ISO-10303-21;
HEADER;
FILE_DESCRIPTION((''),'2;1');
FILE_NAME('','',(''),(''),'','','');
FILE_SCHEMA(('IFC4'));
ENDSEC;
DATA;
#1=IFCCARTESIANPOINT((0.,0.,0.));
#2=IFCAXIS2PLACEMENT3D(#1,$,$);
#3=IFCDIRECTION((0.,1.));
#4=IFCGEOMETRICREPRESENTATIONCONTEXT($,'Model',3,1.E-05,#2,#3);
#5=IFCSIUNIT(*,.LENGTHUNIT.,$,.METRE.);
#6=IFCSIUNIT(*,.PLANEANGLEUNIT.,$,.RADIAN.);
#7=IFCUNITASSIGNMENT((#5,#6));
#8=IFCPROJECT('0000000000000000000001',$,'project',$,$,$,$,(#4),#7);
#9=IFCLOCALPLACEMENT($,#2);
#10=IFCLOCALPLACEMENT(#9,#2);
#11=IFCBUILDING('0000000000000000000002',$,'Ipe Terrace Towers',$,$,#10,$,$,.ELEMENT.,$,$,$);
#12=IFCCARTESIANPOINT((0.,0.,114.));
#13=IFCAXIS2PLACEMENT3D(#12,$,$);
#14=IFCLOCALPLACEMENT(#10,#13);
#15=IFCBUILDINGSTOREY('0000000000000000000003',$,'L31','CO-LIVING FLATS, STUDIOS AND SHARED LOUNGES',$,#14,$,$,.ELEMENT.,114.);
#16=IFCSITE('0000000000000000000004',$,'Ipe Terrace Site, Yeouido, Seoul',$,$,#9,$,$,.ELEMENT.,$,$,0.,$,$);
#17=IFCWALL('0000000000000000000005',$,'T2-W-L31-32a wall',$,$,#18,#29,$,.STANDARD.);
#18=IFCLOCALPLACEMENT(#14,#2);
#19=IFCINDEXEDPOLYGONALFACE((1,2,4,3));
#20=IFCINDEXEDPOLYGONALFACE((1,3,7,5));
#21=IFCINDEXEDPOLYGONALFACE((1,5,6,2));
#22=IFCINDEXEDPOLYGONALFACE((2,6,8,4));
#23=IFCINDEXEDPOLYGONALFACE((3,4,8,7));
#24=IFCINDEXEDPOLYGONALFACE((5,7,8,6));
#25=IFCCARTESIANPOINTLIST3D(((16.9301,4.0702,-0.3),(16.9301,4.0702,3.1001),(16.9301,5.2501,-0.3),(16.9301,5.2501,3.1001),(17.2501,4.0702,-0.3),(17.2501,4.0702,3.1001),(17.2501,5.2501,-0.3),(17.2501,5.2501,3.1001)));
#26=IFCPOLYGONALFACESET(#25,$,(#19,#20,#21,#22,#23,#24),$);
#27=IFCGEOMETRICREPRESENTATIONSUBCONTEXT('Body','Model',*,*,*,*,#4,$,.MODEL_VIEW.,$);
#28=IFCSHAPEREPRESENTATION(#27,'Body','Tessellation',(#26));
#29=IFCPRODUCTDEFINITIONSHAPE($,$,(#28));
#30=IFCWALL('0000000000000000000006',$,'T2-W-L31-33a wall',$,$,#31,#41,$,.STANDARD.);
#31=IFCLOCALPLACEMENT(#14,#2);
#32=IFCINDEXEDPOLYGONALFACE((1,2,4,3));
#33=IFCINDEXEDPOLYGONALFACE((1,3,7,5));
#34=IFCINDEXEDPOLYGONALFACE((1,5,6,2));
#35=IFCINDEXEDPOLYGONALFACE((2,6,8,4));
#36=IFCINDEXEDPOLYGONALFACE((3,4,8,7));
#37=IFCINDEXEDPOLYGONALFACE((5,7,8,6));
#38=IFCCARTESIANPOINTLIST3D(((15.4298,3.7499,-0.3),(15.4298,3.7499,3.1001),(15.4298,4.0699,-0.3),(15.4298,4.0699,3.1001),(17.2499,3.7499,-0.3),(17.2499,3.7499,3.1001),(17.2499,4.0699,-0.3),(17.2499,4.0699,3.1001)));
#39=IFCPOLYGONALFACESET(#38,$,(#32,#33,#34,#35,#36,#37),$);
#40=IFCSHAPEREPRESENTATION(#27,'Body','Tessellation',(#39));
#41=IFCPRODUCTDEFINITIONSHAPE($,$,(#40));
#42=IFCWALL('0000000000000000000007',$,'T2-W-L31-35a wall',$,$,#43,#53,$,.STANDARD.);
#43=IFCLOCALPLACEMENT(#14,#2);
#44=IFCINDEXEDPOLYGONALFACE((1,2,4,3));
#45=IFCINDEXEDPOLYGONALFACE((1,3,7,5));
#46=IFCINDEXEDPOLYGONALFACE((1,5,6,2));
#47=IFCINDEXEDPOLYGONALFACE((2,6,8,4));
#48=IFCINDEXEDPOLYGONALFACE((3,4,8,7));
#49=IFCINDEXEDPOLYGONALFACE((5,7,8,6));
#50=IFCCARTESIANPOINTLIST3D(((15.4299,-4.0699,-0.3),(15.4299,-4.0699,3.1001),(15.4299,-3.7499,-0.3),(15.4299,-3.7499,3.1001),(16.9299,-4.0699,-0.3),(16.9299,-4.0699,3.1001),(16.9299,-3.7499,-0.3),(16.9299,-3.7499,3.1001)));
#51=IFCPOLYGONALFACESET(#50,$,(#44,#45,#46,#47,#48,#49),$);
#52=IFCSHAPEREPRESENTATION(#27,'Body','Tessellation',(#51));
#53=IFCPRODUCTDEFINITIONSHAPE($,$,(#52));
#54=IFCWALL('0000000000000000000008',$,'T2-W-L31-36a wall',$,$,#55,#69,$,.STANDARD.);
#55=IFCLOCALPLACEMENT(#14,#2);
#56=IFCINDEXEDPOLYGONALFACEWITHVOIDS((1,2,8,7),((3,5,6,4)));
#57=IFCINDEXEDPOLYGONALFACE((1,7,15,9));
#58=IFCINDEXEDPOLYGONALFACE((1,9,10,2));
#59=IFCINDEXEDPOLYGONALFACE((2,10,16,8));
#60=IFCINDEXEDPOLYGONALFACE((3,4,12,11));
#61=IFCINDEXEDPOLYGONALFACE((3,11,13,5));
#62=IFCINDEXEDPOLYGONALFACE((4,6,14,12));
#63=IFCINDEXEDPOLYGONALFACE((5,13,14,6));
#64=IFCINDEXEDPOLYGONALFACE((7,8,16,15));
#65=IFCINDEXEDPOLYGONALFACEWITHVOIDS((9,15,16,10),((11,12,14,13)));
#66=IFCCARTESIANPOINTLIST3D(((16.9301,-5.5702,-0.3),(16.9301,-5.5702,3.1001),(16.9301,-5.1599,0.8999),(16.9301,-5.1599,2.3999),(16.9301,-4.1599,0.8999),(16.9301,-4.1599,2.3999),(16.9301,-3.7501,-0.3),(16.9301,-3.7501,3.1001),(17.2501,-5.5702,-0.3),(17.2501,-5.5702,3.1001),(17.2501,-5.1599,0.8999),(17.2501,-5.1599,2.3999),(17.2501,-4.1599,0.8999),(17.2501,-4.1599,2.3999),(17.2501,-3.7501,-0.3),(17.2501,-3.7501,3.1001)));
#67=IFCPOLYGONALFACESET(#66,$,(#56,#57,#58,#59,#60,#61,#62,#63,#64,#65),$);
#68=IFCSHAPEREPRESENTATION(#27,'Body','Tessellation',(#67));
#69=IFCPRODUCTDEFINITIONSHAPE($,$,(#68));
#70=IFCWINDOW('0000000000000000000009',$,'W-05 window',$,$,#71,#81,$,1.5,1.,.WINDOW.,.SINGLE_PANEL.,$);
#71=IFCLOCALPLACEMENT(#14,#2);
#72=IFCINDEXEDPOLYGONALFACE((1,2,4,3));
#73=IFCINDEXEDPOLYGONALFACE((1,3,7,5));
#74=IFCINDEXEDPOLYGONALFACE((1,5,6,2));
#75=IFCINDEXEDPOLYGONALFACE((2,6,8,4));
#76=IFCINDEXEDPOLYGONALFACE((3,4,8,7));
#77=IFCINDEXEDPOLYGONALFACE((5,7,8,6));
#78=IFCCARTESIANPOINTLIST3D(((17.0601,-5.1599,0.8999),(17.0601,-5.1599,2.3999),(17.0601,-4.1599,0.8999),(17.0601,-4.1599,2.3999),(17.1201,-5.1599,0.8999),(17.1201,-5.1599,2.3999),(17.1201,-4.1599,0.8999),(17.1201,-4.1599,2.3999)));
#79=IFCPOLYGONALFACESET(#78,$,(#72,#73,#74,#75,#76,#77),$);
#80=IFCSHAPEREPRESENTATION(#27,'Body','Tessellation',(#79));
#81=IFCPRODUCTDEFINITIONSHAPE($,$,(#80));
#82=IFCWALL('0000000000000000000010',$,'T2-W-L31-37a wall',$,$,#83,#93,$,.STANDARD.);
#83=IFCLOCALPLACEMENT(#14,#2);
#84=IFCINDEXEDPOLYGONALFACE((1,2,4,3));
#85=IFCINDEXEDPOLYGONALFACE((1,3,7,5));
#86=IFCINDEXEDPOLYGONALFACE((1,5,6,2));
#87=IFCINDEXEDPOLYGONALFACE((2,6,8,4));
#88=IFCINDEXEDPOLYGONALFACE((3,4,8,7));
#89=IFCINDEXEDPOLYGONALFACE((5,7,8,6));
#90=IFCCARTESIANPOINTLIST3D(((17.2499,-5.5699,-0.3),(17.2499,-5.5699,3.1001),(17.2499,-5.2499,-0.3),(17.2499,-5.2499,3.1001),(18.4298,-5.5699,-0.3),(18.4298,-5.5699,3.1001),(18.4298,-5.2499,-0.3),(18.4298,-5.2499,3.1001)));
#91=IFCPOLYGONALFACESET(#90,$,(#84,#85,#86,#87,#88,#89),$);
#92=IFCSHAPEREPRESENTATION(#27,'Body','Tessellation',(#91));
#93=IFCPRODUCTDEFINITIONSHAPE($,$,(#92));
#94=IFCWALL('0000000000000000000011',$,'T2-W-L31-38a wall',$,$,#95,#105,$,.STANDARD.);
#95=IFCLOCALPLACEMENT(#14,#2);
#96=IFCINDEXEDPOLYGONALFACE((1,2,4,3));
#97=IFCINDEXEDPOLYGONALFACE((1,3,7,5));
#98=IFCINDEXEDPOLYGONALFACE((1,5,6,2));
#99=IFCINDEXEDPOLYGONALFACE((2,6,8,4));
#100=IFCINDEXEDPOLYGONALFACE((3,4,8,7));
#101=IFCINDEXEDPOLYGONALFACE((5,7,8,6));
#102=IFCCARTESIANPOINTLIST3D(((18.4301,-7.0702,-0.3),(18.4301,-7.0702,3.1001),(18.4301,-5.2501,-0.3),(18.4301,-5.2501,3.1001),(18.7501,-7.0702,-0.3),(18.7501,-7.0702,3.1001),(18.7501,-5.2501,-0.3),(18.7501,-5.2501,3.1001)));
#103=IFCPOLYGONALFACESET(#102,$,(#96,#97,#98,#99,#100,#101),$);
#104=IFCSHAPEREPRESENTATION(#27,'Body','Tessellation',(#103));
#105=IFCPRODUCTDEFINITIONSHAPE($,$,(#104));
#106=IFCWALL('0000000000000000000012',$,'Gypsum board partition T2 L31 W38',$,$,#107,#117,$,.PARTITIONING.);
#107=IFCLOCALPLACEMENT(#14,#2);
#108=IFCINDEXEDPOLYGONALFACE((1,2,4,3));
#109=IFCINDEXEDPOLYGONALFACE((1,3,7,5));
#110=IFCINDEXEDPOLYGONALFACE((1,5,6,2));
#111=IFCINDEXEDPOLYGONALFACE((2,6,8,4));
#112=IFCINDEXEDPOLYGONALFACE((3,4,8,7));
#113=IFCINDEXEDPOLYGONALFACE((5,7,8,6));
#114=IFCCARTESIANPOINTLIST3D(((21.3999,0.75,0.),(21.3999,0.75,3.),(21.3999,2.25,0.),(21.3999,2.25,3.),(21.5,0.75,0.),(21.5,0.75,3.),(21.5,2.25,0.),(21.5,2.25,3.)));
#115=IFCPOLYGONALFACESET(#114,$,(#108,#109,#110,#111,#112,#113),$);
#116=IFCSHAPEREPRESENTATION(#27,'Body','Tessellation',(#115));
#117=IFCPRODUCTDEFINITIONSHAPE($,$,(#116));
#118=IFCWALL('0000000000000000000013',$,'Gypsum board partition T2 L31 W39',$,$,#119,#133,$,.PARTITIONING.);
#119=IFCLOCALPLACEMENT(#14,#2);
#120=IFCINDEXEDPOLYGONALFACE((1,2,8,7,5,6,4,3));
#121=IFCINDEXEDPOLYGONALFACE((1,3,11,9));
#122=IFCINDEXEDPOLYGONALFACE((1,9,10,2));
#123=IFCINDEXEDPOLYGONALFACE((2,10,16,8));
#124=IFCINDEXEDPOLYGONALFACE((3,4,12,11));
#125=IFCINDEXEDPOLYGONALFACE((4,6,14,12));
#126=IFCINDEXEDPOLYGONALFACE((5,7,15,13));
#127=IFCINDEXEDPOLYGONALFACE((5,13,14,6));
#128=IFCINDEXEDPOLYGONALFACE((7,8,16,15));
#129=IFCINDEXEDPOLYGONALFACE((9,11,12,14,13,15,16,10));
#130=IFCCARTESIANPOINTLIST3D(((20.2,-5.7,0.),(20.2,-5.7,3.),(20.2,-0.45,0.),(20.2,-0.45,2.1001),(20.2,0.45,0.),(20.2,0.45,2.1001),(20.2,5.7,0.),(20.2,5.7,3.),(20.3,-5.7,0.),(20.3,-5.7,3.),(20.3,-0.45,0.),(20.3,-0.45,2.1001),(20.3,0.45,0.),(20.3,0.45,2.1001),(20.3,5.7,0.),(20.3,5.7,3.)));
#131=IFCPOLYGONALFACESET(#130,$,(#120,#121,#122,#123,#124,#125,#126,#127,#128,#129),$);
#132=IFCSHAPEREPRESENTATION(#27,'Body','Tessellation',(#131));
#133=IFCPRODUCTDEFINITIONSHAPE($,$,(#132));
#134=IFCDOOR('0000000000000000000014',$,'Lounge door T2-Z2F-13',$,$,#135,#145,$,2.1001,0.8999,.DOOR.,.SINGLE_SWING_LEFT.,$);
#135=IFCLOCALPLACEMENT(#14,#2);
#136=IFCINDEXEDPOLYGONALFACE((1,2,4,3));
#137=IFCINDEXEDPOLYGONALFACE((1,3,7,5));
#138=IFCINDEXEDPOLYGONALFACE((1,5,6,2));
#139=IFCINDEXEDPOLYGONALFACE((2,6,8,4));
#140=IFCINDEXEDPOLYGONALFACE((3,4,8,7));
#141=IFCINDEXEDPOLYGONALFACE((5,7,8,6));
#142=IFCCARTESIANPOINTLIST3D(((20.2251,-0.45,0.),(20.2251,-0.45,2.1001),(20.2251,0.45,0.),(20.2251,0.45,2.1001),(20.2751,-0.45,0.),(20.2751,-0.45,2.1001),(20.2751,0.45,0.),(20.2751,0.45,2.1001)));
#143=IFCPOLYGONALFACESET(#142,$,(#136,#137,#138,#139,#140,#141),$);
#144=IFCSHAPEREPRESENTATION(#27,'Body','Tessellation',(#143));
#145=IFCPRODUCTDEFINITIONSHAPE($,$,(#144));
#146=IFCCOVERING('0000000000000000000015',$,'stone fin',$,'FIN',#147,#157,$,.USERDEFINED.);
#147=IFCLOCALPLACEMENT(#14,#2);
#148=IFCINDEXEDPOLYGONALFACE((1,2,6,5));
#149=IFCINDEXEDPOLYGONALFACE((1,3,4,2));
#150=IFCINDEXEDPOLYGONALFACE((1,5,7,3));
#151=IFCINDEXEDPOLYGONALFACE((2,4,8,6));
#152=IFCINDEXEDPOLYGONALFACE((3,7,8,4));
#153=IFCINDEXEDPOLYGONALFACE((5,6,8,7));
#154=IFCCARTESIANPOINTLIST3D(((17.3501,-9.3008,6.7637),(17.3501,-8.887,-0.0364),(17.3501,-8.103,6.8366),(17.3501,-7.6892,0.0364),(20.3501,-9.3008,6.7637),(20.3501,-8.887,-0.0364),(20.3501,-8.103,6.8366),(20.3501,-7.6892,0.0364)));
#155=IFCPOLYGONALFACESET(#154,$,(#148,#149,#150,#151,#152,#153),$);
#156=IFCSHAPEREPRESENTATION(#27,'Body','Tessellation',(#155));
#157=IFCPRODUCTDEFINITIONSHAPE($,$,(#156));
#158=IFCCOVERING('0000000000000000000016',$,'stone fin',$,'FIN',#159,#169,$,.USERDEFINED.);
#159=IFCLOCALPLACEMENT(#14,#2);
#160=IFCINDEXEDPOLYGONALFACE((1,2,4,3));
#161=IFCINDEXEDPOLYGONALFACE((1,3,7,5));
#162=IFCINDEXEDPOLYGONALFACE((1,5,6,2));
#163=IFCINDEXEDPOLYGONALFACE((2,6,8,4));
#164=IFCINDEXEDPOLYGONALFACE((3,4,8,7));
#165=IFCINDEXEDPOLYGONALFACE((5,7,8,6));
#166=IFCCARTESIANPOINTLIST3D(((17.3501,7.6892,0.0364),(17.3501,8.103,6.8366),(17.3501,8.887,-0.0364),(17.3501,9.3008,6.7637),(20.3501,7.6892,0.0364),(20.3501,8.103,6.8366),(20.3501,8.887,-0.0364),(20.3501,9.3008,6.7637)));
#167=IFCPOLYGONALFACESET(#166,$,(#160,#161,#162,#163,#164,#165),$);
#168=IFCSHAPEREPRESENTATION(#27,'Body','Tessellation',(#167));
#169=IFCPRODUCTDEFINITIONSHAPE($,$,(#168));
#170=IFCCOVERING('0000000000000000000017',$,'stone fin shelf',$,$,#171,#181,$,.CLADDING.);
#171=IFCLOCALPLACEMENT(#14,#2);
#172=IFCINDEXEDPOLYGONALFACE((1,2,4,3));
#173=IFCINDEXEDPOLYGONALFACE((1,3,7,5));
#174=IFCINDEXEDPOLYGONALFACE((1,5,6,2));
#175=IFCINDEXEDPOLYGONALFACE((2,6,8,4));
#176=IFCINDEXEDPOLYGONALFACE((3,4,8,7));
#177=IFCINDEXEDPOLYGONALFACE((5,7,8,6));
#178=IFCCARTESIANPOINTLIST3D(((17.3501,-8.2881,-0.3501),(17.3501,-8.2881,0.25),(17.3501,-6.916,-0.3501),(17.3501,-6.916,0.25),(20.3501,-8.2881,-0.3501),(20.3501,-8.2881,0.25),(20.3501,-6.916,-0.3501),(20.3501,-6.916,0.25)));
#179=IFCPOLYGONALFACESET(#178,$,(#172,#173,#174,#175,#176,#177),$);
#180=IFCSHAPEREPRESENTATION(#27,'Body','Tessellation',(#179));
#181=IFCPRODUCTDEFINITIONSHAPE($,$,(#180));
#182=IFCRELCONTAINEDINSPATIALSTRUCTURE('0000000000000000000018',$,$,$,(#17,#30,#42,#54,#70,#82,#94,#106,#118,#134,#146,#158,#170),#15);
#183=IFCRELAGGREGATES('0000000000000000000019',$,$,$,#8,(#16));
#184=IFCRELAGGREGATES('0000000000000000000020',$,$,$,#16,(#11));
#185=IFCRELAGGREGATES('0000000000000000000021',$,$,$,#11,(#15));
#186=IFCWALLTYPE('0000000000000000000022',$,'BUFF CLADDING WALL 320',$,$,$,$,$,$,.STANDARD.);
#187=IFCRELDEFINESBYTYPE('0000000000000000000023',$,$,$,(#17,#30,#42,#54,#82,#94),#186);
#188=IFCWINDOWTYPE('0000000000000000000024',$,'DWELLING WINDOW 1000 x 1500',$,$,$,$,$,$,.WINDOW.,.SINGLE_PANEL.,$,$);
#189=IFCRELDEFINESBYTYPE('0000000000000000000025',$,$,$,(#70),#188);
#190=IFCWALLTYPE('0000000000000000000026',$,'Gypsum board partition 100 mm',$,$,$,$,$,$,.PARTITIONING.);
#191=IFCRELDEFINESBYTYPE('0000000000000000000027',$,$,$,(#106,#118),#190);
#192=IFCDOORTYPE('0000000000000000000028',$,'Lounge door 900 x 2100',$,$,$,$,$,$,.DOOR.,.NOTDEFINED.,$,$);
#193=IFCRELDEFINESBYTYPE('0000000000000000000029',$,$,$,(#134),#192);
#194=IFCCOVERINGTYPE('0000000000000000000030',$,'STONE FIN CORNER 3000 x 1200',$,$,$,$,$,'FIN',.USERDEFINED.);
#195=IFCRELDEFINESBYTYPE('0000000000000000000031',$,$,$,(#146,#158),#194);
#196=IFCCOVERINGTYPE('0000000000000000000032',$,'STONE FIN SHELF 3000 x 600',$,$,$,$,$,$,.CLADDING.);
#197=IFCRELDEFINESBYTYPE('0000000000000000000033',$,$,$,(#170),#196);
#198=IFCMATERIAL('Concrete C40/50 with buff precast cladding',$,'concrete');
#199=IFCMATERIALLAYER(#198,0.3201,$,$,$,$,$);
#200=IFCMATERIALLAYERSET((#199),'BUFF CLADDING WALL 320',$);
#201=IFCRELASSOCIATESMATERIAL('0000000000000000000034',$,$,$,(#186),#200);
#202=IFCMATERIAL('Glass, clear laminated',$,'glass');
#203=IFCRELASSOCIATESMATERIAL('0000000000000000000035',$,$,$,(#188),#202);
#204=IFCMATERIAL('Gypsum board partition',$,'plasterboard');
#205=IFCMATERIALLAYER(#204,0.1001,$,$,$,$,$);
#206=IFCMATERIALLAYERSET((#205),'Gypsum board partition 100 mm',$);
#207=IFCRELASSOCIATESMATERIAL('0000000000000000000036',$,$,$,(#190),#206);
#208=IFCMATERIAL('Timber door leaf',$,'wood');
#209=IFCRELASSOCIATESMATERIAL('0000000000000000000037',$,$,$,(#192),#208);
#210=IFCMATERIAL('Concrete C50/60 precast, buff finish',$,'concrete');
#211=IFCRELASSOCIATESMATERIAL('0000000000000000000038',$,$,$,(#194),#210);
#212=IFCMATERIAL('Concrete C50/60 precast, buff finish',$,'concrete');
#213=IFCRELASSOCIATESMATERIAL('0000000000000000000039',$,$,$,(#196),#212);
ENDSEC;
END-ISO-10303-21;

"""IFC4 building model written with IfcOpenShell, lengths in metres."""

from ifc_helpers import new_model, si_unit, direction, frame, frame_2d, origin, origin_2d, place, context, subcontext, project, spatial, rectangle, extrude, material, layer, layer_set, material_profile, profile_set, type_object, element, fill, save


model = new_model("IFC4")

# Units and contexts
model_context = context("Model", 3, precision=1e-05, world=origin(), true_north=direction((0.0, 1.0)))
body_context = subcontext(model_context, "Body", "Model", "MODEL_VIEW")
ifc_project = project(units=[si_unit("LENGTHUNIT", "METRE"), si_unit("PLANEANGLEUNIT", "RADIAN")], contexts=[model_context])

# Site, building, storey
site_placement = place(None, origin())
site = spatial("IfcSite", under=ifc_project, at=site_placement, Name="Ipe Terrace Site, Yeouido, Seoul", CompositionType="ELEMENT", RefElevation=0.0)
building_placement = place(site_placement, origin())
building = spatial("IfcBuilding", under=site, at=building_placement, Name="Ipe Terrace Towers", CompositionType="ELEMENT")
storey_placement = place(building_placement, frame((0.0, 0.0, 114.0)))
storey = spatial("IfcBuildingStorey", under=building, at=storey_placement, Name="L31", Description="CO-LIVING FLATS, STUDIOS AND SHARED LOUNGES", CompositionType="ELEMENT", Elevation=114.0)

# Shared definitions
ifc_material_1 = material(Name="Concrete C40/50 with buff precast cladding", Category="concrete")
ifc_layer_1 = layer(ifc_material_1, 0.3201)
ifc_layer_set_1 = layer_set([ifc_layer_1], Name="BUFF CLADDING WALL 320")
wall_type_1 = type_object("IfcWallType", Name="BUFF CLADDING WALL 320", PredefinedType="STANDARD", material=ifc_layer_set_1)

# Shared definitions
ifc_material_2 = material(Name="Glass, clear laminated", Category="glass")
window_type = type_object("IfcWindowType", Name="DWELLING WINDOW 1000 x 1500", PartitioningType="SINGLE_PANEL", PredefinedType="WINDOW", material=ifc_material_2)

# Walls
wall_1_placement = place(storey_placement, frame((17.0901, 5.25, -0.3), z_axis=(0.0, 0.0, 1.0), x_axis=(0.0, -1.0, 0.0)))
element("IfcWall", 1, at=wall_1_placement, inside=storey, type_object=wall_type_1, Name="T2-W-L31-32a wall", PredefinedType="STANDARD", context=body_context, shape_type="SweptSolid", body=[
    extrude(rectangle(XDim=1.1799, YDim=0.3201, at=frame_2d((0.5898, 0.0))), origin(), (0.0, 0.0, 1.0), 3.4001),
])
wall_2_placement = place(storey_placement, frame((17.25, 3.9099, -0.3), z_axis=(0.0, 0.0, 1.0), x_axis=(-1.0, 0.0, 0.0)))
element("IfcWall", 2, at=wall_2_placement, inside=storey, type_object=wall_type_1, Name="T2-W-L31-33a wall", PredefinedType="STANDARD", context=body_context, shape_type="SweptSolid", body=[
    extrude(rectangle(XDim=1.8201, YDim=0.3201, at=frame_2d((0.9102, 0.0))), origin(), (0.0, 0.0, 1.0), 3.4001),
])
wall_3_placement = place(storey_placement, frame((15.4299, -3.9099, -0.3), z_axis=(0.0, 0.0, 1.0), x_axis=(1.0, 0.0, 0.0)))
element("IfcWall", 3, at=wall_3_placement, inside=storey, type_object=wall_type_1, Name="T2-W-L31-35a wall", PredefinedType="STANDARD", context=body_context, shape_type="SweptSolid", body=[
    extrude(rectangle(XDim=1.5, YDim=0.3201, at=frame_2d((0.75, 0.0))), origin(), (0.0, 0.0, 1.0), 3.4001),
])

# Wall, opening, window
wall_4_placement = place(storey_placement, frame((17.0901, -3.75, -0.3), z_axis=(0.0, 0.0, 1.0), x_axis=(0.0, -1.0, 0.0)))
wall_4 = element("IfcWall", 4, at=wall_4_placement, inside=storey, type_object=wall_type_1, Name="T2-W-L31-36a wall", PredefinedType="STANDARD", context=body_context, shape_type="SweptSolid", body=[
    extrude(rectangle(XDim=1.8201, YDim=0.3201, at=frame_2d((0.9102, 0.0))), origin(), (0.0, 0.0, 1.0), 3.4001),
])
opening_1_placement = place(wall_4_placement, frame((0.4099, 0.0, 1.2)))
opening_1 = element("IfcOpeningElement", 5, at=opening_1_placement, cuts=wall_4, PredefinedType="OPENING", context=body_context, shape_type="SweptSolid", body=[
    extrude(rectangle(XDim=1.0, YDim=1.5, at=frame_2d((0.5, 0.75))), frame((0.0, 0.1699, 0.0), z_axis=(0.0, -1.0, 0.0), x_axis=(1.0, 0.0, 0.0)), (0.0, 0.0, 1.0), 0.3401),
])
window_1_placement = place(opening_1_placement, origin())
window_1 = element("IfcWindow", 6, at=window_1_placement, inside=storey, type_object=window_type, Name="W-05 window", OverallHeight=1.5, OverallWidth=1.0, PartitioningType="SINGLE_PANEL", PredefinedType="WINDOW", context=body_context, shape_type="SweptSolid", body=[
    extrude(rectangle(XDim=1.0, YDim=1.5, at=frame_2d((0.5, 0.75))), frame((0.0, 0.03, 0.0), z_axis=(0.0, -1.0, 0.0), x_axis=(1.0, 0.0, 0.0)), (0.0, 0.0, 1.0), 0.0601),
])
fill(opening_1, window_1)

# Walls
wall_5_placement = place(storey_placement, frame((17.25, -5.4099, -0.3), z_axis=(0.0, 0.0, 1.0), x_axis=(1.0, 0.0, 0.0)))
element("IfcWall", 7, at=wall_5_placement, inside=storey, type_object=wall_type_1, Name="T2-W-L31-37a wall", PredefinedType="STANDARD", context=body_context, shape_type="SweptSolid", body=[
    extrude(rectangle(XDim=1.1799, YDim=0.3201, at=frame_2d((0.5898, 0.0))), origin(), (0.0, 0.0, 1.0), 3.4001),
])
wall_6_placement = place(storey_placement, frame((18.5901, -5.25, -0.3), z_axis=(0.0, 0.0, 1.0), x_axis=(0.0, -1.0, 0.0)))
element("IfcWall", 8, at=wall_6_placement, inside=storey, type_object=wall_type_1, Name="T2-W-L31-38a wall", PredefinedType="STANDARD", context=body_context, shape_type="SweptSolid", body=[
    extrude(rectangle(XDim=1.8201, YDim=0.3201, at=frame_2d((0.9102, 0.0))), origin(), (0.0, 0.0, 1.0), 3.4001),
])
ifc_material_3 = material(Name="Gypsum board partition", Category="plasterboard")
ifc_layer_2 = layer(ifc_material_3, 0.1001)
ifc_layer_set_2 = layer_set([ifc_layer_2], Name="Gypsum board partition 100 mm")
wall_type_2 = type_object("IfcWallType", Name="Gypsum board partition 100 mm", PredefinedType="PARTITIONING", material=ifc_layer_set_2)
wall_7_placement = place(storey_placement, frame((21.45, 0.75, 0.0), z_axis=(0.0, 0.0, 1.0), x_axis=(0.0, 1.0, 0.0)))
element("IfcWall", 9, at=wall_7_placement, inside=storey, type_object=wall_type_2, Name="Gypsum board partition T2 L31 W38", PredefinedType="PARTITIONING", context=body_context, shape_type="SweptSolid", body=[
    extrude(rectangle(XDim=1.5, YDim=0.1001, at=frame_2d((0.75, 0.0))), origin(), (0.0, 0.0, 1.0), 3.0),
])

# Wall, opening, door
wall_8_placement = place(storey_placement, frame((20.25, -5.7, 0.0), z_axis=(0.0, 0.0, 1.0), x_axis=(0.0, 1.0, 0.0)))
wall_8 = element("IfcWall", 10, at=wall_8_placement, inside=storey, type_object=wall_type_2, Name="Gypsum board partition T2 L31 W39", PredefinedType="PARTITIONING", context=body_context, shape_type="SweptSolid", body=[
    extrude(rectangle(XDim=11.3999, YDim=0.1001, at=frame_2d((5.7, 0.0))), origin(), (0.0, 0.0, 1.0), 3.0),
])
opening_2_placement = place(wall_8_placement, frame((5.25, 0.0, 0.0)))
opening_2 = element("IfcOpeningElement", 11, at=opening_2_placement, cuts=wall_8, PredefinedType="OPENING", context=body_context, shape_type="SweptSolid", body=[
    extrude(rectangle(XDim=0.8999, YDim=2.1001, at=frame_2d((0.45, 1.05))), frame((0.0, 0.0601, 0.0), z_axis=(0.0, -1.0, 0.0), x_axis=(1.0, 0.0, 0.0)), (0.0, 0.0, 1.0), 0.1201),
])
ifc_material_4 = material(Name="Timber door leaf", Category="wood")
door_type = type_object("IfcDoorType", Name="Lounge door 900 x 2100", OperationType="NOTDEFINED", PredefinedType="DOOR", material=ifc_material_4)
door_placement = place(opening_2_placement, origin())
door = element("IfcDoor", 12, at=door_placement, inside=storey, type_object=door_type, Name="Lounge door T2-Z2F-13", OperationType="SINGLE_SWING_LEFT", OverallHeight=2.1001, OverallWidth=0.8999, PredefinedType="DOOR", context=body_context, shape_type="SweptSolid", body=[
    extrude(rectangle(XDim=0.8999, YDim=2.1001, at=frame_2d((0.45, 1.05))), frame((0.0, 0.0249, 0.0), z_axis=(0.0, -1.0, 0.0), x_axis=(1.0, 0.0, 0.0)), (0.0, 0.0, 1.0), 0.05),
])
fill(opening_2, door)

# Coverings
ifc_material_5 = material(Name="Concrete C50/60 precast, buff finish", Category="concrete")
ifc_material_profile_1 = material_profile(ifc_material_5, rectangle(XDim=3.0, YDim=1.2, at=origin_2d()), Name="STONE FIN CORNER 3000 x 1200")
ifc_profile_set_1 = profile_set([ifc_material_profile_1], Name="Concrete C50/60 precast, buff finish")
covering_type_1 = type_object("IfcCoveringType", Name="STONE FIN CORNER 3000 x 1200", ElementType="FIN", PredefinedType="USERDEFINED", material=ifc_profile_set_1)
for number, where, z_axis, x_axis, name in (
    (13, (18.8501, -8.2881, 0.0), (0.0, -0.060743, 0.998153), (1.0, 0.0, 0.0), "stone fin"),
    (14, (18.8501, 8.2881, 0.0), (0.0, 0.060743, 0.998153), (-1.0, 0.0, 0.0), "stone fin"),
):
    element("IfcCovering", number, at=place(storey_placement, frame(where, z_axis=z_axis, x_axis=x_axis)), inside=storey, type_object=covering_type_1, Name=name, ObjectType="FIN", PredefinedType="USERDEFINED", context=body_context, shape_type="SweptSolid", body=[
        extrude(rectangle(XDim=3.0, YDim=1.2, at=origin_2d()), origin(), (0.0, 0.0, 1.0), 6.8127),
    ])
ifc_material_6 = material(Name="Concrete C50/60 precast, buff finish", Category="concrete")
covering_type_2 = type_object("IfcCoveringType", Name="STONE FIN SHELF 3000 x 600", PredefinedType="CLADDING", material=ifc_material_6)
for number, where, z_axis, x_axis, name in (
    (15, (18.8501, -7.6021, -0.3501), (0.0, 0.0, 1.0), (1.0, 0.0, 0.0), "stone fin shelf"),
):
    element("IfcCovering", number, at=place(storey_placement, frame(where, z_axis=z_axis, x_axis=x_axis)), inside=storey, type_object=covering_type_2, Name=name, PredefinedType="CLADDING", context=body_context, shape_type="SweptSolid", body=[
        extrude(rectangle(XDim=3.0, YDim=1.3721, at=origin_2d()), origin(), (0.0, 0.0, 1.0), 0.6001),
    ])

save(model, "model.ifc")
